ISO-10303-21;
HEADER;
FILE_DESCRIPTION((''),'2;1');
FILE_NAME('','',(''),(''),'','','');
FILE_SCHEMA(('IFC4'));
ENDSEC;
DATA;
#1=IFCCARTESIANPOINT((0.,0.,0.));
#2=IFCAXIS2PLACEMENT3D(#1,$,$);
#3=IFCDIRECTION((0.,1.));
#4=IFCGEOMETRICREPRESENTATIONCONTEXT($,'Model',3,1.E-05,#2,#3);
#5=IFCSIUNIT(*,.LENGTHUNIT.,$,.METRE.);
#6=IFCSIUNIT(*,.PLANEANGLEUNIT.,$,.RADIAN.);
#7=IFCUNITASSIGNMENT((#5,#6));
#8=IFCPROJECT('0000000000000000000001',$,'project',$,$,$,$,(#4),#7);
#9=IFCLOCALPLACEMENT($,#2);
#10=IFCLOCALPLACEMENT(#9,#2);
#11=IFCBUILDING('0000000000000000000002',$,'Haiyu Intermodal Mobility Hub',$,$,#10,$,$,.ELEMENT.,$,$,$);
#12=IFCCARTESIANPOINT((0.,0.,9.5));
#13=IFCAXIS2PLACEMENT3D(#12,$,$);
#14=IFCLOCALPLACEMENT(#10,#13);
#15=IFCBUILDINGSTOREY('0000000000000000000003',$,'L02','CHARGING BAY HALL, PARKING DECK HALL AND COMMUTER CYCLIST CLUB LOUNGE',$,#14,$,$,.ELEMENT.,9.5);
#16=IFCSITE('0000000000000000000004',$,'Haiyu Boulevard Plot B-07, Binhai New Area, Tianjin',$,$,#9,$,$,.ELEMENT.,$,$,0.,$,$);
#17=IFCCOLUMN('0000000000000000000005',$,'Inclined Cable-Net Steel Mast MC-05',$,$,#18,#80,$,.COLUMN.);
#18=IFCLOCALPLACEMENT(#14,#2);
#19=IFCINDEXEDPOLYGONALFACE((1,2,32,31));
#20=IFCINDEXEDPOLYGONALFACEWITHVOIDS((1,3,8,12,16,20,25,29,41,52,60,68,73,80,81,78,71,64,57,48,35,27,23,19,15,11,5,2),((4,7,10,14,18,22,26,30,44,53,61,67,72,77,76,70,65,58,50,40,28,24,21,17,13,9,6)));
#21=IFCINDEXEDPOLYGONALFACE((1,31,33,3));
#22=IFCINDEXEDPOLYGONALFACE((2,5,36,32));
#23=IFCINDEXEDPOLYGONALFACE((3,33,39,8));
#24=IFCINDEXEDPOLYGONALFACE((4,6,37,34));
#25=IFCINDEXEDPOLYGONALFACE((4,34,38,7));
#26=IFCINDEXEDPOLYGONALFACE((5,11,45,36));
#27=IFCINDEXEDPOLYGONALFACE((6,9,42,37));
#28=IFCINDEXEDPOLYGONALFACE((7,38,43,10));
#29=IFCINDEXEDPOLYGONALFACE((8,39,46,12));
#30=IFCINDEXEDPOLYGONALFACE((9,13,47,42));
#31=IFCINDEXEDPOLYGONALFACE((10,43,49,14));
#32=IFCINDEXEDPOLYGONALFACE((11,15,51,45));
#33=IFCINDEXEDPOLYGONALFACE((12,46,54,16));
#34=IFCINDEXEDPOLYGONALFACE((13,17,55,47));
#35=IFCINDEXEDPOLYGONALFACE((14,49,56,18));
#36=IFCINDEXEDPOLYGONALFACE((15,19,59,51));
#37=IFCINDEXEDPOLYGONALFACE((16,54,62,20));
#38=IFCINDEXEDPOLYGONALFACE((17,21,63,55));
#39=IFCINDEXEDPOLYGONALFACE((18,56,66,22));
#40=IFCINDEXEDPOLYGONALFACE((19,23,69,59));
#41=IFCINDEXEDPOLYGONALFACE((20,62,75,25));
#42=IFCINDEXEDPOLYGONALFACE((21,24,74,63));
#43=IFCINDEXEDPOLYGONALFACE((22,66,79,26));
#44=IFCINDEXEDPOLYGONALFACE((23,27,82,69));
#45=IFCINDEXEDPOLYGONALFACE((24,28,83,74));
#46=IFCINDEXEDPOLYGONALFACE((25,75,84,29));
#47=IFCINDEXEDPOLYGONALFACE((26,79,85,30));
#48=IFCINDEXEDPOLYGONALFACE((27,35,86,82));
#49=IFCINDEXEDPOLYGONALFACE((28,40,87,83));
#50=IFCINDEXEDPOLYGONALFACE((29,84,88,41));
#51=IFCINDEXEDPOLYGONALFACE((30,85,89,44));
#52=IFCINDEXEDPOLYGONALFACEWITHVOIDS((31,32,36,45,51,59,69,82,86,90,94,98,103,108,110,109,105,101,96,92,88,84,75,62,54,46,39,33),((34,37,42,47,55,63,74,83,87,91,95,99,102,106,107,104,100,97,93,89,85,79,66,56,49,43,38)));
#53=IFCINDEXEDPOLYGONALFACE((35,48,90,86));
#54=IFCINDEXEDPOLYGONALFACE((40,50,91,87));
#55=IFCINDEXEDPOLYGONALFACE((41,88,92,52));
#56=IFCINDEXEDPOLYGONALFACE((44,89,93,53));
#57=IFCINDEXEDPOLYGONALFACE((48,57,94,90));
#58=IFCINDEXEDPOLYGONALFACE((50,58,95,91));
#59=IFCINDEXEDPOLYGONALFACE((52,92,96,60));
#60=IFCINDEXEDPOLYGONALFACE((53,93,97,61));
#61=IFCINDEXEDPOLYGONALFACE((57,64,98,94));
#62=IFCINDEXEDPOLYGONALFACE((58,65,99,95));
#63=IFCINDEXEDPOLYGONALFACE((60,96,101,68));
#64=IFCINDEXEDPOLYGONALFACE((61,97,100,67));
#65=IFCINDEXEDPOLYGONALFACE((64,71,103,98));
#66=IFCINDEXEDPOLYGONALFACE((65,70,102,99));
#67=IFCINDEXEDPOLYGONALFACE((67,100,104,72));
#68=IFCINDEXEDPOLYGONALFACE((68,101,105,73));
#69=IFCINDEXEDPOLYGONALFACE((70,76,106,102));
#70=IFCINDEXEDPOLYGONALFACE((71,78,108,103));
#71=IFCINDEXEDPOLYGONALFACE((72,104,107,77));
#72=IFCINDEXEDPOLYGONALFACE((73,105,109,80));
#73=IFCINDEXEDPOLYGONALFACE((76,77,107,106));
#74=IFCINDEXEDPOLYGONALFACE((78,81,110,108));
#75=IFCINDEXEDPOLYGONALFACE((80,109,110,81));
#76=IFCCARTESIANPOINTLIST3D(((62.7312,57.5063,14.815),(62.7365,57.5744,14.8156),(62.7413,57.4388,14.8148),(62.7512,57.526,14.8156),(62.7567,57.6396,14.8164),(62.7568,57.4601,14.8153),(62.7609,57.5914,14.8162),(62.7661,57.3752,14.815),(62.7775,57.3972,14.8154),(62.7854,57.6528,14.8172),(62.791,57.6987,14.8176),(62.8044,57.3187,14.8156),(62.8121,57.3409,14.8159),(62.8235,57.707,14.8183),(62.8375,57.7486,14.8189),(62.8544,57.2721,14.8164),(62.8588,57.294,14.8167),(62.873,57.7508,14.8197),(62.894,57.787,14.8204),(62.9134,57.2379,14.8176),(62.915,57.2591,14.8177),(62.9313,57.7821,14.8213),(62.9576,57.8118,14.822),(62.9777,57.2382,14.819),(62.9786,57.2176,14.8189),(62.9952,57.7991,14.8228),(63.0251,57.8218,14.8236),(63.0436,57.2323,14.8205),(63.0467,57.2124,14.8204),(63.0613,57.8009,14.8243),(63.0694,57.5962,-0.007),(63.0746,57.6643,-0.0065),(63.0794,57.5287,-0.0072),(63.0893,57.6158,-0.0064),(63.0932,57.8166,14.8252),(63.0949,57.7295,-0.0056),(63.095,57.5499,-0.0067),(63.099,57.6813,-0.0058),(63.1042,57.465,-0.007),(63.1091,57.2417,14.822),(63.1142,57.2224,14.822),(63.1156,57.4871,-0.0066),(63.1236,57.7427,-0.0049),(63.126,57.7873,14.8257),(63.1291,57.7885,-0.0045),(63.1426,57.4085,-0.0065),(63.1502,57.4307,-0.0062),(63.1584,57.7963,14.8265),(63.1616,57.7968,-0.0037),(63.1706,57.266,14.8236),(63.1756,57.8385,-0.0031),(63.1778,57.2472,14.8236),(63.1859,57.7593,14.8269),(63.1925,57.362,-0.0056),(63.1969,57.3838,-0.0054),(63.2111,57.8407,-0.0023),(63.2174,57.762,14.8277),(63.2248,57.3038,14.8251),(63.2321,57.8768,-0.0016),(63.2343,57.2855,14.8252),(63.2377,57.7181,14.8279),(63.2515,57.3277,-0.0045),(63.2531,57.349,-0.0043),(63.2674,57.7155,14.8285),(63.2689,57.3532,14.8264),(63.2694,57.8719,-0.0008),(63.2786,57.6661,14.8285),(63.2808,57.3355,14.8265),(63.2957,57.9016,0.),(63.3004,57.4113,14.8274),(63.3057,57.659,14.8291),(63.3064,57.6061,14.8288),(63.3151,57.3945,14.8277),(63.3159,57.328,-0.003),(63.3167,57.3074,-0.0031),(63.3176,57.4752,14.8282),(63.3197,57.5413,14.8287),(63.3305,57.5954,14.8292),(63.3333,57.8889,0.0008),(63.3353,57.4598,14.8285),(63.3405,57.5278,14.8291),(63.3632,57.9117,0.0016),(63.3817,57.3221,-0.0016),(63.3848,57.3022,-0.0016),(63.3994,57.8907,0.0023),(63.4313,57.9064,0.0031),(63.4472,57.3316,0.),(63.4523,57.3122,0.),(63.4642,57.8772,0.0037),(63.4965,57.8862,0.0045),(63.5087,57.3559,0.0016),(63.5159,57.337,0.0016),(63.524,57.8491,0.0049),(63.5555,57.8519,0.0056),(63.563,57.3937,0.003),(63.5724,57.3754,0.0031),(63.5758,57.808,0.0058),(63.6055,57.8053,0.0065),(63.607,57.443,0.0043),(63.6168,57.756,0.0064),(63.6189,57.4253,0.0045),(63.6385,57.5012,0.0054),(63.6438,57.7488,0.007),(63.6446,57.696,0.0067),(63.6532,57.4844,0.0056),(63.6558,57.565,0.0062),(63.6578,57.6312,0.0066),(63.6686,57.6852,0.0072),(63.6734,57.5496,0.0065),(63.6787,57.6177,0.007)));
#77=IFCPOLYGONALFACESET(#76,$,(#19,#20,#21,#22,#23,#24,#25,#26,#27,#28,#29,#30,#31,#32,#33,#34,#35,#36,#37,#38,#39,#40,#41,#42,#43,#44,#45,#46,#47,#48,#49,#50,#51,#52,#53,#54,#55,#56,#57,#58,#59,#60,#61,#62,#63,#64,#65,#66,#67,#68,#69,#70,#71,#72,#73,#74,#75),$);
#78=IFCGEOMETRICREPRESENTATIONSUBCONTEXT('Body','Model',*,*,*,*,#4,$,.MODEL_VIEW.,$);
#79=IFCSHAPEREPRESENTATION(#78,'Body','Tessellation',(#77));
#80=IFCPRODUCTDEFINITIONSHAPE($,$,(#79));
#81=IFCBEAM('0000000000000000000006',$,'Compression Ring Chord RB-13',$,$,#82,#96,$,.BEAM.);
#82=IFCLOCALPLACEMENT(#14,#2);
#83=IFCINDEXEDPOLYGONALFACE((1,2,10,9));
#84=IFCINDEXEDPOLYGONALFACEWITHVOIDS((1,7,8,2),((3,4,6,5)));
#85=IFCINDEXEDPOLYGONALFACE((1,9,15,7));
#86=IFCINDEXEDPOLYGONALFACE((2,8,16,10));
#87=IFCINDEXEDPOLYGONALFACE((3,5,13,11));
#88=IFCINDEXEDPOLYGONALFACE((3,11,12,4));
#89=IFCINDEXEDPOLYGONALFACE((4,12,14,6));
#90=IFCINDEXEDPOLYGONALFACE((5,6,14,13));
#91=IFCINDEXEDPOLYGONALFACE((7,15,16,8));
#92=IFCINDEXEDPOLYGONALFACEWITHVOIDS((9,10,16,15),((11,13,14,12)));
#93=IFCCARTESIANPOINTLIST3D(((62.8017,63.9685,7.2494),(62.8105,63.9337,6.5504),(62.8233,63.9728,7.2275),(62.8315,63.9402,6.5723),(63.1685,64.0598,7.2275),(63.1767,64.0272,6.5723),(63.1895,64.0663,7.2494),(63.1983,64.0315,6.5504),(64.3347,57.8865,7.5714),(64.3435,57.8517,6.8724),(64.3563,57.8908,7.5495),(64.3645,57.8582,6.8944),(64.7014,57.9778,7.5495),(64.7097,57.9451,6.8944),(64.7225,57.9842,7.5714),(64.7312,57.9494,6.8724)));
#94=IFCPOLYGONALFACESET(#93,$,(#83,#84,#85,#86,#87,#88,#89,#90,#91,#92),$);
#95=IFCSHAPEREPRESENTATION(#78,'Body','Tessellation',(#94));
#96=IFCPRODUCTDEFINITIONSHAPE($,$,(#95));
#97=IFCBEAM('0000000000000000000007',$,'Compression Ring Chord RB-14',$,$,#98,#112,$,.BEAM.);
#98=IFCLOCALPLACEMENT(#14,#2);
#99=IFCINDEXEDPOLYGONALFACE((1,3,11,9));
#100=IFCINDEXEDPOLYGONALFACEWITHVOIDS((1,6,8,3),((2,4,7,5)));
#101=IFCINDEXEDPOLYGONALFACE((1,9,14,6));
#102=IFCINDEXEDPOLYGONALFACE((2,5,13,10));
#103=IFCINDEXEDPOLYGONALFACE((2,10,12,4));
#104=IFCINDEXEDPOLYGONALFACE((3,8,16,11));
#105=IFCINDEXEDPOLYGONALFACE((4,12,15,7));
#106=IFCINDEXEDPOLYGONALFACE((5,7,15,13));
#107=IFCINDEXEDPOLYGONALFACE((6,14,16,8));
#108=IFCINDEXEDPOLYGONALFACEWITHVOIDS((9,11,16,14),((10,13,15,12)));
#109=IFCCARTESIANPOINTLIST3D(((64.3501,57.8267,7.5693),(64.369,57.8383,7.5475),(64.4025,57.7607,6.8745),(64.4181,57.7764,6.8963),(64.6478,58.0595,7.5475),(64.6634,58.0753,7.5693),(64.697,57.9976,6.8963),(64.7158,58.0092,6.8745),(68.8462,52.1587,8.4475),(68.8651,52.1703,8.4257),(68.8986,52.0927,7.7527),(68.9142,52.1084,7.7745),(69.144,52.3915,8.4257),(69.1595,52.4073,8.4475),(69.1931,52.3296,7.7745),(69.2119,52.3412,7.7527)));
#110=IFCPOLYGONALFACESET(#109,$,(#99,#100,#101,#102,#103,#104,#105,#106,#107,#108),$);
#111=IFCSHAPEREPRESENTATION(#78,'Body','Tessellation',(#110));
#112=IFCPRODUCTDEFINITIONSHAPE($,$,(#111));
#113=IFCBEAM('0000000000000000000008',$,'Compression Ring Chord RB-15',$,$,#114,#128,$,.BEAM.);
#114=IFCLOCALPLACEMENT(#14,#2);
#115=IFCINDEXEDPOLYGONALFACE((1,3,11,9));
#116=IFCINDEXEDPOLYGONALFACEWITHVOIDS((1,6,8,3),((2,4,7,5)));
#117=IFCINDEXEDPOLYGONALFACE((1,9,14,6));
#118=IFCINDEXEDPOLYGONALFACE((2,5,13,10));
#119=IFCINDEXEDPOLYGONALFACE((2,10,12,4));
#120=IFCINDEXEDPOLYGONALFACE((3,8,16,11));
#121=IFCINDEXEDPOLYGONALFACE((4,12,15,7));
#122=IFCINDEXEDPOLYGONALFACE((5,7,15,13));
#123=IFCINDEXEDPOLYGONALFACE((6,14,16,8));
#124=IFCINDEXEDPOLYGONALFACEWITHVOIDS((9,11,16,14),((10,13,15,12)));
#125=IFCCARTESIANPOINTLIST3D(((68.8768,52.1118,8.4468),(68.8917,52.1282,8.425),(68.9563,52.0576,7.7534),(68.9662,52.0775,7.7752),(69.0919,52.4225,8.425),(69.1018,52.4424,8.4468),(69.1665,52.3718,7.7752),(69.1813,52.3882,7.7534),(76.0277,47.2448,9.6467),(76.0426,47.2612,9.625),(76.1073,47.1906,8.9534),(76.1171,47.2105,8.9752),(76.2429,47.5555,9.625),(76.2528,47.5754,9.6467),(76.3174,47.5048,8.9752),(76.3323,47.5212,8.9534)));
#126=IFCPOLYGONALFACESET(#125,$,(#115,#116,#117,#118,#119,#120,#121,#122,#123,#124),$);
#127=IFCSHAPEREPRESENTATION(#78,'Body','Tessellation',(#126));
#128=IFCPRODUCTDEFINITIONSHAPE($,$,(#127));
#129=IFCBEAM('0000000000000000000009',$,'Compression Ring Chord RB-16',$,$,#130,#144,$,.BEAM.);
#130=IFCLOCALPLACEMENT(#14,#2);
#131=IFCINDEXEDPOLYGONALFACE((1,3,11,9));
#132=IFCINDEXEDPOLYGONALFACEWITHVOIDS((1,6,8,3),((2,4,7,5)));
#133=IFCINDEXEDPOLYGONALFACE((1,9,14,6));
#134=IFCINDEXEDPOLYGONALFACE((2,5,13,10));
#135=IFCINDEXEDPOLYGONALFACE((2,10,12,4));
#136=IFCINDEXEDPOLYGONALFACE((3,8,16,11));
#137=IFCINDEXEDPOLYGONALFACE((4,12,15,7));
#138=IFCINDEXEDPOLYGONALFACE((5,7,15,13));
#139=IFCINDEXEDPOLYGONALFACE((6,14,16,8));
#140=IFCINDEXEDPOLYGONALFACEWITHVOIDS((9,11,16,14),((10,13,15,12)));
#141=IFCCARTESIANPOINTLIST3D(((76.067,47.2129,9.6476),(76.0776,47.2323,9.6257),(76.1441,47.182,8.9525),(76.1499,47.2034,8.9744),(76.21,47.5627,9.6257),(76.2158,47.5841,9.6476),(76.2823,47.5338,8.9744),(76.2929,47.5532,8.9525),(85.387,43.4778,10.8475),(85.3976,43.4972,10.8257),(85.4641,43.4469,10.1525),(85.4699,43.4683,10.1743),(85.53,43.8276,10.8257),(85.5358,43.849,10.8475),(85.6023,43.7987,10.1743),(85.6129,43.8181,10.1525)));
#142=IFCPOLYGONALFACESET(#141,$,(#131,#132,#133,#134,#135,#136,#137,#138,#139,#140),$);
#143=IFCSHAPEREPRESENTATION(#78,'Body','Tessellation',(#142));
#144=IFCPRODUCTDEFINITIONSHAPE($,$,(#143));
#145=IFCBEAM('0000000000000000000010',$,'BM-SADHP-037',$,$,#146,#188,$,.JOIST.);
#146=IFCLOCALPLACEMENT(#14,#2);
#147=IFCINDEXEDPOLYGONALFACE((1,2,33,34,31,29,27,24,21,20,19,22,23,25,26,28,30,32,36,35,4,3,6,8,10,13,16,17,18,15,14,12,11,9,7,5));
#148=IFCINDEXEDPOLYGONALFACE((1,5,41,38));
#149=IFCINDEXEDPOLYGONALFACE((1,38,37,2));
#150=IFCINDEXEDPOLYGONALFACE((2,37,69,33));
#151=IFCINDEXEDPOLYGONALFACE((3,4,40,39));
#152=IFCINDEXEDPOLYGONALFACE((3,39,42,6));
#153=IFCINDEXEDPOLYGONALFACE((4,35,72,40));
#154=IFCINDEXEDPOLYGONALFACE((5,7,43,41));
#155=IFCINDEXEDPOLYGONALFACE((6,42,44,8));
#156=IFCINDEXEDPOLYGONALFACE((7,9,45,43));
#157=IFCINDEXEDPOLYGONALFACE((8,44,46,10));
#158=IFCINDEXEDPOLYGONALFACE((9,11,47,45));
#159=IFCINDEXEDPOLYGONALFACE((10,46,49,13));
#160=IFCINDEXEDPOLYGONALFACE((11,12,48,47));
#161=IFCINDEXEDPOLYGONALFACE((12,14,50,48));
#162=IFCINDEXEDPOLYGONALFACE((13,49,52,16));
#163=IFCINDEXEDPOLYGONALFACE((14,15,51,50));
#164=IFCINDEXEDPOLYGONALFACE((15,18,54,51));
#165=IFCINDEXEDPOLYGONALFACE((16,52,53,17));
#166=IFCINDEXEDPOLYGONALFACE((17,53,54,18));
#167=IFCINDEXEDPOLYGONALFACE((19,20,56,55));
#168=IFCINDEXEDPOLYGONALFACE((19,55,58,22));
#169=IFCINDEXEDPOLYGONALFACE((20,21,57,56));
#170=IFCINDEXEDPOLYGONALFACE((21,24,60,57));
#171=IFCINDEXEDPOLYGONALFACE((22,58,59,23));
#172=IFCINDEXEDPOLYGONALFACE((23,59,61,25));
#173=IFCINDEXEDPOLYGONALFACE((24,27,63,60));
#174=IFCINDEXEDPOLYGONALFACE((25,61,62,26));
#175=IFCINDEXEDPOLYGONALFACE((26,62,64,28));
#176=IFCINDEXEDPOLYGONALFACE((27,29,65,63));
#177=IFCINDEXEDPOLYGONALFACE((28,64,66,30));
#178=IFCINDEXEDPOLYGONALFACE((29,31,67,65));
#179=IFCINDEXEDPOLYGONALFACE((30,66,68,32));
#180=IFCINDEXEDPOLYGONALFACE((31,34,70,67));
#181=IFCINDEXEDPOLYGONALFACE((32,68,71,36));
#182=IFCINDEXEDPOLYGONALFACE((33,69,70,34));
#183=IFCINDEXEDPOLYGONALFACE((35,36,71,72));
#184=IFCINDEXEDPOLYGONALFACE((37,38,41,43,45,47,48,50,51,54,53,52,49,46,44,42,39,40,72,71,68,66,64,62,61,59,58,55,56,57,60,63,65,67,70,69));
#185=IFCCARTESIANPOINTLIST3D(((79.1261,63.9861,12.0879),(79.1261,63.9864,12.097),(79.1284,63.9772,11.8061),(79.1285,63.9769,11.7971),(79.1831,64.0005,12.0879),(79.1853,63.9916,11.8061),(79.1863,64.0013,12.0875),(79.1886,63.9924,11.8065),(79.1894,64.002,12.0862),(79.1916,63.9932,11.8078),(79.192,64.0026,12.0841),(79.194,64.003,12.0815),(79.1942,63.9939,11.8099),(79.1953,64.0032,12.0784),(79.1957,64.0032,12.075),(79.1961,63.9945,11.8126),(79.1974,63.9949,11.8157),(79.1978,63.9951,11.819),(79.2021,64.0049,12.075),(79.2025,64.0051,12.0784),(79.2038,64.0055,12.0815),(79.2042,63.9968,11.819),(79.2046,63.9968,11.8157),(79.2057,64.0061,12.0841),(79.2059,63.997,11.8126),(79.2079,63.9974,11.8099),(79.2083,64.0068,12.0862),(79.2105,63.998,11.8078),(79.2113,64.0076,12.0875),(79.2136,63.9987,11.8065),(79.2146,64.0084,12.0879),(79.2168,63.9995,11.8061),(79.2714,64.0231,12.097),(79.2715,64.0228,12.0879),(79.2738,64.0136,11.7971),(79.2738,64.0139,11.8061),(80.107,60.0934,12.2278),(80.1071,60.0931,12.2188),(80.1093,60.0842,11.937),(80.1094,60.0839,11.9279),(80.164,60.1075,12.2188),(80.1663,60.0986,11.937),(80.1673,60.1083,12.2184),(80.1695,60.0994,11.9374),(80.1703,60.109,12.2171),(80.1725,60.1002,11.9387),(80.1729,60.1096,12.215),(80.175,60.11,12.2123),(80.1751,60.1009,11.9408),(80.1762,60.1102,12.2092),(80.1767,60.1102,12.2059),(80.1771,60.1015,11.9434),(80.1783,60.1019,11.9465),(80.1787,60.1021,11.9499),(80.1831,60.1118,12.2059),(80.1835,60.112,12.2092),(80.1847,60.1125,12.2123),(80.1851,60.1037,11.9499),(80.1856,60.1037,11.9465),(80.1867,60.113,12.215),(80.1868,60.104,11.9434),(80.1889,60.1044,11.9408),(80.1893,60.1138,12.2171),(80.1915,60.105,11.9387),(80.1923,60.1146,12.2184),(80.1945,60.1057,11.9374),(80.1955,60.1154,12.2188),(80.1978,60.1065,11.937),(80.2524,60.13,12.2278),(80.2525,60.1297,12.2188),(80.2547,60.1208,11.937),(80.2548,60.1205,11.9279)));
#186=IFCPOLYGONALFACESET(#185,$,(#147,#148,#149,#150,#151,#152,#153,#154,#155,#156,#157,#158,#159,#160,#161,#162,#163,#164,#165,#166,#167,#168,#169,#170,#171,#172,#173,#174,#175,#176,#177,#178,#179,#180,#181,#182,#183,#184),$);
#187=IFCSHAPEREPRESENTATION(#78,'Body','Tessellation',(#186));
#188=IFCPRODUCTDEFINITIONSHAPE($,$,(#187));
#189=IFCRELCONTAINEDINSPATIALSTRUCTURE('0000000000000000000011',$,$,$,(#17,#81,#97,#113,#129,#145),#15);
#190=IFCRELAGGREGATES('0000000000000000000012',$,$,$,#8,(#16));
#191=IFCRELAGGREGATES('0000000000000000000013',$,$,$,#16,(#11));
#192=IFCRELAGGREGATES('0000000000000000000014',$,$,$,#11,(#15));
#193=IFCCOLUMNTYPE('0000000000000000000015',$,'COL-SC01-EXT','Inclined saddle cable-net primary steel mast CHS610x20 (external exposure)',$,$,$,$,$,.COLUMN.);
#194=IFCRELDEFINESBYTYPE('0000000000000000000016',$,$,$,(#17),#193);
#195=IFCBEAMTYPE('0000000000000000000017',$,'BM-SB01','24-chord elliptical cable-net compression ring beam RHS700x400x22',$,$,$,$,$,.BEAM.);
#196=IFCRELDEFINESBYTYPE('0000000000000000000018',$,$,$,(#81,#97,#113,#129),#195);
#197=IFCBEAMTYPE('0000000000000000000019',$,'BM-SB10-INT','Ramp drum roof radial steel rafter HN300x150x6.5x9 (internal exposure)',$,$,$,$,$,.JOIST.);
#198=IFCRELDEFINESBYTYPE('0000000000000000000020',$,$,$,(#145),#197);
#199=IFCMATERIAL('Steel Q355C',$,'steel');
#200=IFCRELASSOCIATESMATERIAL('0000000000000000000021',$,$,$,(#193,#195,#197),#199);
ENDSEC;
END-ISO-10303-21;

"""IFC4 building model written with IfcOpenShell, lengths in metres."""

from ifc_helpers import new_model, si_unit, direction, frame, origin, origin_2d, place, context, subcontext, project, spatial, hollow_rectangle, hollow_circle, i_section, extrude, material, material_profile, profile_set, type_object, element, save


model = new_model("IFC4")

# Units and contexts
model_context = context("Model", 3, precision=1e-05, world=origin(), true_north=direction((0.0, 1.0)))
body_context = subcontext(model_context, "Body", "Model", "MODEL_VIEW")
ifc_project = project(units=[si_unit("LENGTHUNIT", "METRE"), si_unit("PLANEANGLEUNIT", "RADIAN")], contexts=[model_context])

# Site, building, storey
site_placement = place(None, origin())
site = spatial("IfcSite", under=ifc_project, at=site_placement, Name="Haiyu Boulevard Plot B-07, Binhai New Area, Tianjin", CompositionType="ELEMENT", RefElevation=0.0)
building_placement = place(site_placement, origin())
building = spatial("IfcBuilding", under=site, at=building_placement, Name="Haiyu Intermodal Mobility Hub", CompositionType="ELEMENT")
storey_placement = place(building_placement, frame((0.0, 0.0, 9.5)))
storey = spatial("IfcBuildingStorey", under=building, at=storey_placement, Name="L02", Description="CHARGING BAY HALL, PARKING DECK HALL AND COMMUTER CYCLIST CLUB LOUNGE", CompositionType="ELEMENT", Elevation=9.5)

# Column
ifc_material_1 = material(Name="Steel Q355C", Category="steel")
ifc_material_profile_1 = material_profile(ifc_material_1, hollow_circle(Radius=0.3049, WallThickness=0.02, at=origin_2d()), Name="CHS610x20")
ifc_profile_set_1 = profile_set([ifc_material_profile_1], Name="Steel Q355C")
column_type = type_object("IfcColumnType", Name="COL-SC01-EXT", Description="Inclined saddle cable-net primary steel mast CHS610x20 (external exposure)", PredefinedType="COLUMN", material=ifc_profile_set_1)
column_placement = place(storey_placement, frame((63.374, 57.6069, 0.0), z_axis=(-0.022807, -0.00606, 0.999722), x_axis=(0.256794, -0.966466, 0.0)))
element("IfcColumn", 1, at=column_placement, inside=storey, type_object=column_type, Name="Inclined Cable-Net Steel Mast MC-05", PredefinedType="COLUMN", context=body_context, shape_type="SweptSolid", body=[
    extrude(hollow_circle(Radius=0.3049, WallThickness=0.02, at=origin_2d()), origin(), (0.0, 0.0, 1.0), 14.8262),
])

# Beams
ifc_material_profile_2 = material_profile(ifc_material_1, hollow_rectangle(XDim=0.3999, YDim=0.7, WallThickness=0.022, at=origin_2d()), Name="RHS700x400x22")
ifc_profile_set_2 = profile_set([ifc_material_profile_2], Name="Steel Q355C")
beam_type_1 = type_object("IfcBeamType", Name="BM-SB01", Description="24-chord elliptical cable-net compression ring beam RHS700x400x22", PredefinedType="BEAM", material=ifc_profile_set_2)
beam_1_placement = place(storey_placement, frame((63.0, 64.0, 6.8999), z_axis=(0.244082, -0.968398, 0.051273), x_axis=(0.969674, 0.244404, 0.0)))
element("IfcBeam", 2, at=beam_1_placement, inside=storey, type_object=beam_type_1, Name="Compression Ring Chord RB-13", PredefinedType="BEAM", context=body_context, shape_type="SweptSolid", body=[
    extrude(hollow_rectangle(XDim=0.3999, YDim=0.7, WallThickness=0.022, at=origin_2d()), origin(), (0.0, 0.0, 1.0), 6.2805),
])
beam_2_placement = place(storey_placement, frame((64.533, 57.918, 7.2219), z_axis=(0.616935, -0.777735, 0.120499), x_axis=(0.783443, 0.621463, 0.0)))
element("IfcBeam", 3, at=beam_2_placement, inside=storey, type_object=beam_type_1, Name="Compression Ring Chord RB-14", PredefinedType="BEAM", context=body_context, shape_type="SweptSolid", body=[
    extrude(hollow_rectangle(XDim=0.3999, YDim=0.7, WallThickness=0.022, at=origin_2d()), origin(), (0.0, 0.0, 1.0), 7.2878),
])
beam_3_placement = place(storey_placement, frame((69.0291, 52.25, 8.1001), z_axis=(0.818851, -0.557317, 0.137407), x_axis=(0.562654, 0.826693, 0.0)))
element("IfcBeam", 4, at=beam_3_placement, inside=storey, type_object=beam_type_1, Name="Compression Ring Chord RB-15", PredefinedType="BEAM", context=body_context, shape_type="SweptSolid", body=[
    extrude(hollow_rectangle(XDim=0.3999, YDim=0.7, WallThickness=0.022, at=origin_2d()), origin(), (0.0, 0.0, 1.0), 8.7329),
])
beam_4_placement = place(storey_placement, frame((76.1799, 47.3831, 9.3), z_axis=(0.921675, -0.36937, 0.118665), x_axis=(0.371998, 0.928233, 0.0)))
element("IfcBeam", 5, at=beam_4_placement, inside=storey, type_object=beam_type_1, Name="Compression Ring Chord RB-16", PredefinedType="BEAM", context=body_context, shape_type="SweptSolid", body=[
    extrude(hollow_rectangle(XDim=0.3999, YDim=0.7, WallThickness=0.022, at=origin_2d()), origin(), (0.0, 0.0, 1.0), 10.1121),
])
ifc_material_profile_3 = material_profile(ifc_material_1, i_section(OverallWidth=0.1499, OverallDepth=0.3, WebThickness=0.0066, FlangeThickness=0.009, FilletRadius=0.0129, at=origin_2d()), Name="HN300x150x6.5x9")
ifc_profile_set_3 = profile_set([ifc_material_profile_3], Name="Steel Q355C")
beam_type_2 = type_object("IfcBeamType", Name="BM-SB10-INT", Description="Ramp drum roof radial steel rafter HN300x150x6.5x9 (internal exposure)", PredefinedType="JOIST", material=ifc_profile_set_3)
beam_5_placement = place(storey_placement, frame((79.2, 64.0, 11.947), z_axis=(0.244208, -0.969175, 0.032577), x_axis=(0.96969, 0.244338, 0.0)))
element("IfcBeam", 6, at=beam_5_placement, inside=storey, type_object=beam_type_2, Name="BM-SADHP-037", PredefinedType="JOIST", context=body_context, shape_type="SweptSolid", body=[
    extrude(i_section(OverallWidth=0.1499, OverallDepth=0.3, WebThickness=0.0066, FlangeThickness=0.009, FilletRadius=0.0129, at=origin_2d()), origin(), (0.0, 0.0, 1.0), 4.0168),
])

save(model, "model.ifc")
